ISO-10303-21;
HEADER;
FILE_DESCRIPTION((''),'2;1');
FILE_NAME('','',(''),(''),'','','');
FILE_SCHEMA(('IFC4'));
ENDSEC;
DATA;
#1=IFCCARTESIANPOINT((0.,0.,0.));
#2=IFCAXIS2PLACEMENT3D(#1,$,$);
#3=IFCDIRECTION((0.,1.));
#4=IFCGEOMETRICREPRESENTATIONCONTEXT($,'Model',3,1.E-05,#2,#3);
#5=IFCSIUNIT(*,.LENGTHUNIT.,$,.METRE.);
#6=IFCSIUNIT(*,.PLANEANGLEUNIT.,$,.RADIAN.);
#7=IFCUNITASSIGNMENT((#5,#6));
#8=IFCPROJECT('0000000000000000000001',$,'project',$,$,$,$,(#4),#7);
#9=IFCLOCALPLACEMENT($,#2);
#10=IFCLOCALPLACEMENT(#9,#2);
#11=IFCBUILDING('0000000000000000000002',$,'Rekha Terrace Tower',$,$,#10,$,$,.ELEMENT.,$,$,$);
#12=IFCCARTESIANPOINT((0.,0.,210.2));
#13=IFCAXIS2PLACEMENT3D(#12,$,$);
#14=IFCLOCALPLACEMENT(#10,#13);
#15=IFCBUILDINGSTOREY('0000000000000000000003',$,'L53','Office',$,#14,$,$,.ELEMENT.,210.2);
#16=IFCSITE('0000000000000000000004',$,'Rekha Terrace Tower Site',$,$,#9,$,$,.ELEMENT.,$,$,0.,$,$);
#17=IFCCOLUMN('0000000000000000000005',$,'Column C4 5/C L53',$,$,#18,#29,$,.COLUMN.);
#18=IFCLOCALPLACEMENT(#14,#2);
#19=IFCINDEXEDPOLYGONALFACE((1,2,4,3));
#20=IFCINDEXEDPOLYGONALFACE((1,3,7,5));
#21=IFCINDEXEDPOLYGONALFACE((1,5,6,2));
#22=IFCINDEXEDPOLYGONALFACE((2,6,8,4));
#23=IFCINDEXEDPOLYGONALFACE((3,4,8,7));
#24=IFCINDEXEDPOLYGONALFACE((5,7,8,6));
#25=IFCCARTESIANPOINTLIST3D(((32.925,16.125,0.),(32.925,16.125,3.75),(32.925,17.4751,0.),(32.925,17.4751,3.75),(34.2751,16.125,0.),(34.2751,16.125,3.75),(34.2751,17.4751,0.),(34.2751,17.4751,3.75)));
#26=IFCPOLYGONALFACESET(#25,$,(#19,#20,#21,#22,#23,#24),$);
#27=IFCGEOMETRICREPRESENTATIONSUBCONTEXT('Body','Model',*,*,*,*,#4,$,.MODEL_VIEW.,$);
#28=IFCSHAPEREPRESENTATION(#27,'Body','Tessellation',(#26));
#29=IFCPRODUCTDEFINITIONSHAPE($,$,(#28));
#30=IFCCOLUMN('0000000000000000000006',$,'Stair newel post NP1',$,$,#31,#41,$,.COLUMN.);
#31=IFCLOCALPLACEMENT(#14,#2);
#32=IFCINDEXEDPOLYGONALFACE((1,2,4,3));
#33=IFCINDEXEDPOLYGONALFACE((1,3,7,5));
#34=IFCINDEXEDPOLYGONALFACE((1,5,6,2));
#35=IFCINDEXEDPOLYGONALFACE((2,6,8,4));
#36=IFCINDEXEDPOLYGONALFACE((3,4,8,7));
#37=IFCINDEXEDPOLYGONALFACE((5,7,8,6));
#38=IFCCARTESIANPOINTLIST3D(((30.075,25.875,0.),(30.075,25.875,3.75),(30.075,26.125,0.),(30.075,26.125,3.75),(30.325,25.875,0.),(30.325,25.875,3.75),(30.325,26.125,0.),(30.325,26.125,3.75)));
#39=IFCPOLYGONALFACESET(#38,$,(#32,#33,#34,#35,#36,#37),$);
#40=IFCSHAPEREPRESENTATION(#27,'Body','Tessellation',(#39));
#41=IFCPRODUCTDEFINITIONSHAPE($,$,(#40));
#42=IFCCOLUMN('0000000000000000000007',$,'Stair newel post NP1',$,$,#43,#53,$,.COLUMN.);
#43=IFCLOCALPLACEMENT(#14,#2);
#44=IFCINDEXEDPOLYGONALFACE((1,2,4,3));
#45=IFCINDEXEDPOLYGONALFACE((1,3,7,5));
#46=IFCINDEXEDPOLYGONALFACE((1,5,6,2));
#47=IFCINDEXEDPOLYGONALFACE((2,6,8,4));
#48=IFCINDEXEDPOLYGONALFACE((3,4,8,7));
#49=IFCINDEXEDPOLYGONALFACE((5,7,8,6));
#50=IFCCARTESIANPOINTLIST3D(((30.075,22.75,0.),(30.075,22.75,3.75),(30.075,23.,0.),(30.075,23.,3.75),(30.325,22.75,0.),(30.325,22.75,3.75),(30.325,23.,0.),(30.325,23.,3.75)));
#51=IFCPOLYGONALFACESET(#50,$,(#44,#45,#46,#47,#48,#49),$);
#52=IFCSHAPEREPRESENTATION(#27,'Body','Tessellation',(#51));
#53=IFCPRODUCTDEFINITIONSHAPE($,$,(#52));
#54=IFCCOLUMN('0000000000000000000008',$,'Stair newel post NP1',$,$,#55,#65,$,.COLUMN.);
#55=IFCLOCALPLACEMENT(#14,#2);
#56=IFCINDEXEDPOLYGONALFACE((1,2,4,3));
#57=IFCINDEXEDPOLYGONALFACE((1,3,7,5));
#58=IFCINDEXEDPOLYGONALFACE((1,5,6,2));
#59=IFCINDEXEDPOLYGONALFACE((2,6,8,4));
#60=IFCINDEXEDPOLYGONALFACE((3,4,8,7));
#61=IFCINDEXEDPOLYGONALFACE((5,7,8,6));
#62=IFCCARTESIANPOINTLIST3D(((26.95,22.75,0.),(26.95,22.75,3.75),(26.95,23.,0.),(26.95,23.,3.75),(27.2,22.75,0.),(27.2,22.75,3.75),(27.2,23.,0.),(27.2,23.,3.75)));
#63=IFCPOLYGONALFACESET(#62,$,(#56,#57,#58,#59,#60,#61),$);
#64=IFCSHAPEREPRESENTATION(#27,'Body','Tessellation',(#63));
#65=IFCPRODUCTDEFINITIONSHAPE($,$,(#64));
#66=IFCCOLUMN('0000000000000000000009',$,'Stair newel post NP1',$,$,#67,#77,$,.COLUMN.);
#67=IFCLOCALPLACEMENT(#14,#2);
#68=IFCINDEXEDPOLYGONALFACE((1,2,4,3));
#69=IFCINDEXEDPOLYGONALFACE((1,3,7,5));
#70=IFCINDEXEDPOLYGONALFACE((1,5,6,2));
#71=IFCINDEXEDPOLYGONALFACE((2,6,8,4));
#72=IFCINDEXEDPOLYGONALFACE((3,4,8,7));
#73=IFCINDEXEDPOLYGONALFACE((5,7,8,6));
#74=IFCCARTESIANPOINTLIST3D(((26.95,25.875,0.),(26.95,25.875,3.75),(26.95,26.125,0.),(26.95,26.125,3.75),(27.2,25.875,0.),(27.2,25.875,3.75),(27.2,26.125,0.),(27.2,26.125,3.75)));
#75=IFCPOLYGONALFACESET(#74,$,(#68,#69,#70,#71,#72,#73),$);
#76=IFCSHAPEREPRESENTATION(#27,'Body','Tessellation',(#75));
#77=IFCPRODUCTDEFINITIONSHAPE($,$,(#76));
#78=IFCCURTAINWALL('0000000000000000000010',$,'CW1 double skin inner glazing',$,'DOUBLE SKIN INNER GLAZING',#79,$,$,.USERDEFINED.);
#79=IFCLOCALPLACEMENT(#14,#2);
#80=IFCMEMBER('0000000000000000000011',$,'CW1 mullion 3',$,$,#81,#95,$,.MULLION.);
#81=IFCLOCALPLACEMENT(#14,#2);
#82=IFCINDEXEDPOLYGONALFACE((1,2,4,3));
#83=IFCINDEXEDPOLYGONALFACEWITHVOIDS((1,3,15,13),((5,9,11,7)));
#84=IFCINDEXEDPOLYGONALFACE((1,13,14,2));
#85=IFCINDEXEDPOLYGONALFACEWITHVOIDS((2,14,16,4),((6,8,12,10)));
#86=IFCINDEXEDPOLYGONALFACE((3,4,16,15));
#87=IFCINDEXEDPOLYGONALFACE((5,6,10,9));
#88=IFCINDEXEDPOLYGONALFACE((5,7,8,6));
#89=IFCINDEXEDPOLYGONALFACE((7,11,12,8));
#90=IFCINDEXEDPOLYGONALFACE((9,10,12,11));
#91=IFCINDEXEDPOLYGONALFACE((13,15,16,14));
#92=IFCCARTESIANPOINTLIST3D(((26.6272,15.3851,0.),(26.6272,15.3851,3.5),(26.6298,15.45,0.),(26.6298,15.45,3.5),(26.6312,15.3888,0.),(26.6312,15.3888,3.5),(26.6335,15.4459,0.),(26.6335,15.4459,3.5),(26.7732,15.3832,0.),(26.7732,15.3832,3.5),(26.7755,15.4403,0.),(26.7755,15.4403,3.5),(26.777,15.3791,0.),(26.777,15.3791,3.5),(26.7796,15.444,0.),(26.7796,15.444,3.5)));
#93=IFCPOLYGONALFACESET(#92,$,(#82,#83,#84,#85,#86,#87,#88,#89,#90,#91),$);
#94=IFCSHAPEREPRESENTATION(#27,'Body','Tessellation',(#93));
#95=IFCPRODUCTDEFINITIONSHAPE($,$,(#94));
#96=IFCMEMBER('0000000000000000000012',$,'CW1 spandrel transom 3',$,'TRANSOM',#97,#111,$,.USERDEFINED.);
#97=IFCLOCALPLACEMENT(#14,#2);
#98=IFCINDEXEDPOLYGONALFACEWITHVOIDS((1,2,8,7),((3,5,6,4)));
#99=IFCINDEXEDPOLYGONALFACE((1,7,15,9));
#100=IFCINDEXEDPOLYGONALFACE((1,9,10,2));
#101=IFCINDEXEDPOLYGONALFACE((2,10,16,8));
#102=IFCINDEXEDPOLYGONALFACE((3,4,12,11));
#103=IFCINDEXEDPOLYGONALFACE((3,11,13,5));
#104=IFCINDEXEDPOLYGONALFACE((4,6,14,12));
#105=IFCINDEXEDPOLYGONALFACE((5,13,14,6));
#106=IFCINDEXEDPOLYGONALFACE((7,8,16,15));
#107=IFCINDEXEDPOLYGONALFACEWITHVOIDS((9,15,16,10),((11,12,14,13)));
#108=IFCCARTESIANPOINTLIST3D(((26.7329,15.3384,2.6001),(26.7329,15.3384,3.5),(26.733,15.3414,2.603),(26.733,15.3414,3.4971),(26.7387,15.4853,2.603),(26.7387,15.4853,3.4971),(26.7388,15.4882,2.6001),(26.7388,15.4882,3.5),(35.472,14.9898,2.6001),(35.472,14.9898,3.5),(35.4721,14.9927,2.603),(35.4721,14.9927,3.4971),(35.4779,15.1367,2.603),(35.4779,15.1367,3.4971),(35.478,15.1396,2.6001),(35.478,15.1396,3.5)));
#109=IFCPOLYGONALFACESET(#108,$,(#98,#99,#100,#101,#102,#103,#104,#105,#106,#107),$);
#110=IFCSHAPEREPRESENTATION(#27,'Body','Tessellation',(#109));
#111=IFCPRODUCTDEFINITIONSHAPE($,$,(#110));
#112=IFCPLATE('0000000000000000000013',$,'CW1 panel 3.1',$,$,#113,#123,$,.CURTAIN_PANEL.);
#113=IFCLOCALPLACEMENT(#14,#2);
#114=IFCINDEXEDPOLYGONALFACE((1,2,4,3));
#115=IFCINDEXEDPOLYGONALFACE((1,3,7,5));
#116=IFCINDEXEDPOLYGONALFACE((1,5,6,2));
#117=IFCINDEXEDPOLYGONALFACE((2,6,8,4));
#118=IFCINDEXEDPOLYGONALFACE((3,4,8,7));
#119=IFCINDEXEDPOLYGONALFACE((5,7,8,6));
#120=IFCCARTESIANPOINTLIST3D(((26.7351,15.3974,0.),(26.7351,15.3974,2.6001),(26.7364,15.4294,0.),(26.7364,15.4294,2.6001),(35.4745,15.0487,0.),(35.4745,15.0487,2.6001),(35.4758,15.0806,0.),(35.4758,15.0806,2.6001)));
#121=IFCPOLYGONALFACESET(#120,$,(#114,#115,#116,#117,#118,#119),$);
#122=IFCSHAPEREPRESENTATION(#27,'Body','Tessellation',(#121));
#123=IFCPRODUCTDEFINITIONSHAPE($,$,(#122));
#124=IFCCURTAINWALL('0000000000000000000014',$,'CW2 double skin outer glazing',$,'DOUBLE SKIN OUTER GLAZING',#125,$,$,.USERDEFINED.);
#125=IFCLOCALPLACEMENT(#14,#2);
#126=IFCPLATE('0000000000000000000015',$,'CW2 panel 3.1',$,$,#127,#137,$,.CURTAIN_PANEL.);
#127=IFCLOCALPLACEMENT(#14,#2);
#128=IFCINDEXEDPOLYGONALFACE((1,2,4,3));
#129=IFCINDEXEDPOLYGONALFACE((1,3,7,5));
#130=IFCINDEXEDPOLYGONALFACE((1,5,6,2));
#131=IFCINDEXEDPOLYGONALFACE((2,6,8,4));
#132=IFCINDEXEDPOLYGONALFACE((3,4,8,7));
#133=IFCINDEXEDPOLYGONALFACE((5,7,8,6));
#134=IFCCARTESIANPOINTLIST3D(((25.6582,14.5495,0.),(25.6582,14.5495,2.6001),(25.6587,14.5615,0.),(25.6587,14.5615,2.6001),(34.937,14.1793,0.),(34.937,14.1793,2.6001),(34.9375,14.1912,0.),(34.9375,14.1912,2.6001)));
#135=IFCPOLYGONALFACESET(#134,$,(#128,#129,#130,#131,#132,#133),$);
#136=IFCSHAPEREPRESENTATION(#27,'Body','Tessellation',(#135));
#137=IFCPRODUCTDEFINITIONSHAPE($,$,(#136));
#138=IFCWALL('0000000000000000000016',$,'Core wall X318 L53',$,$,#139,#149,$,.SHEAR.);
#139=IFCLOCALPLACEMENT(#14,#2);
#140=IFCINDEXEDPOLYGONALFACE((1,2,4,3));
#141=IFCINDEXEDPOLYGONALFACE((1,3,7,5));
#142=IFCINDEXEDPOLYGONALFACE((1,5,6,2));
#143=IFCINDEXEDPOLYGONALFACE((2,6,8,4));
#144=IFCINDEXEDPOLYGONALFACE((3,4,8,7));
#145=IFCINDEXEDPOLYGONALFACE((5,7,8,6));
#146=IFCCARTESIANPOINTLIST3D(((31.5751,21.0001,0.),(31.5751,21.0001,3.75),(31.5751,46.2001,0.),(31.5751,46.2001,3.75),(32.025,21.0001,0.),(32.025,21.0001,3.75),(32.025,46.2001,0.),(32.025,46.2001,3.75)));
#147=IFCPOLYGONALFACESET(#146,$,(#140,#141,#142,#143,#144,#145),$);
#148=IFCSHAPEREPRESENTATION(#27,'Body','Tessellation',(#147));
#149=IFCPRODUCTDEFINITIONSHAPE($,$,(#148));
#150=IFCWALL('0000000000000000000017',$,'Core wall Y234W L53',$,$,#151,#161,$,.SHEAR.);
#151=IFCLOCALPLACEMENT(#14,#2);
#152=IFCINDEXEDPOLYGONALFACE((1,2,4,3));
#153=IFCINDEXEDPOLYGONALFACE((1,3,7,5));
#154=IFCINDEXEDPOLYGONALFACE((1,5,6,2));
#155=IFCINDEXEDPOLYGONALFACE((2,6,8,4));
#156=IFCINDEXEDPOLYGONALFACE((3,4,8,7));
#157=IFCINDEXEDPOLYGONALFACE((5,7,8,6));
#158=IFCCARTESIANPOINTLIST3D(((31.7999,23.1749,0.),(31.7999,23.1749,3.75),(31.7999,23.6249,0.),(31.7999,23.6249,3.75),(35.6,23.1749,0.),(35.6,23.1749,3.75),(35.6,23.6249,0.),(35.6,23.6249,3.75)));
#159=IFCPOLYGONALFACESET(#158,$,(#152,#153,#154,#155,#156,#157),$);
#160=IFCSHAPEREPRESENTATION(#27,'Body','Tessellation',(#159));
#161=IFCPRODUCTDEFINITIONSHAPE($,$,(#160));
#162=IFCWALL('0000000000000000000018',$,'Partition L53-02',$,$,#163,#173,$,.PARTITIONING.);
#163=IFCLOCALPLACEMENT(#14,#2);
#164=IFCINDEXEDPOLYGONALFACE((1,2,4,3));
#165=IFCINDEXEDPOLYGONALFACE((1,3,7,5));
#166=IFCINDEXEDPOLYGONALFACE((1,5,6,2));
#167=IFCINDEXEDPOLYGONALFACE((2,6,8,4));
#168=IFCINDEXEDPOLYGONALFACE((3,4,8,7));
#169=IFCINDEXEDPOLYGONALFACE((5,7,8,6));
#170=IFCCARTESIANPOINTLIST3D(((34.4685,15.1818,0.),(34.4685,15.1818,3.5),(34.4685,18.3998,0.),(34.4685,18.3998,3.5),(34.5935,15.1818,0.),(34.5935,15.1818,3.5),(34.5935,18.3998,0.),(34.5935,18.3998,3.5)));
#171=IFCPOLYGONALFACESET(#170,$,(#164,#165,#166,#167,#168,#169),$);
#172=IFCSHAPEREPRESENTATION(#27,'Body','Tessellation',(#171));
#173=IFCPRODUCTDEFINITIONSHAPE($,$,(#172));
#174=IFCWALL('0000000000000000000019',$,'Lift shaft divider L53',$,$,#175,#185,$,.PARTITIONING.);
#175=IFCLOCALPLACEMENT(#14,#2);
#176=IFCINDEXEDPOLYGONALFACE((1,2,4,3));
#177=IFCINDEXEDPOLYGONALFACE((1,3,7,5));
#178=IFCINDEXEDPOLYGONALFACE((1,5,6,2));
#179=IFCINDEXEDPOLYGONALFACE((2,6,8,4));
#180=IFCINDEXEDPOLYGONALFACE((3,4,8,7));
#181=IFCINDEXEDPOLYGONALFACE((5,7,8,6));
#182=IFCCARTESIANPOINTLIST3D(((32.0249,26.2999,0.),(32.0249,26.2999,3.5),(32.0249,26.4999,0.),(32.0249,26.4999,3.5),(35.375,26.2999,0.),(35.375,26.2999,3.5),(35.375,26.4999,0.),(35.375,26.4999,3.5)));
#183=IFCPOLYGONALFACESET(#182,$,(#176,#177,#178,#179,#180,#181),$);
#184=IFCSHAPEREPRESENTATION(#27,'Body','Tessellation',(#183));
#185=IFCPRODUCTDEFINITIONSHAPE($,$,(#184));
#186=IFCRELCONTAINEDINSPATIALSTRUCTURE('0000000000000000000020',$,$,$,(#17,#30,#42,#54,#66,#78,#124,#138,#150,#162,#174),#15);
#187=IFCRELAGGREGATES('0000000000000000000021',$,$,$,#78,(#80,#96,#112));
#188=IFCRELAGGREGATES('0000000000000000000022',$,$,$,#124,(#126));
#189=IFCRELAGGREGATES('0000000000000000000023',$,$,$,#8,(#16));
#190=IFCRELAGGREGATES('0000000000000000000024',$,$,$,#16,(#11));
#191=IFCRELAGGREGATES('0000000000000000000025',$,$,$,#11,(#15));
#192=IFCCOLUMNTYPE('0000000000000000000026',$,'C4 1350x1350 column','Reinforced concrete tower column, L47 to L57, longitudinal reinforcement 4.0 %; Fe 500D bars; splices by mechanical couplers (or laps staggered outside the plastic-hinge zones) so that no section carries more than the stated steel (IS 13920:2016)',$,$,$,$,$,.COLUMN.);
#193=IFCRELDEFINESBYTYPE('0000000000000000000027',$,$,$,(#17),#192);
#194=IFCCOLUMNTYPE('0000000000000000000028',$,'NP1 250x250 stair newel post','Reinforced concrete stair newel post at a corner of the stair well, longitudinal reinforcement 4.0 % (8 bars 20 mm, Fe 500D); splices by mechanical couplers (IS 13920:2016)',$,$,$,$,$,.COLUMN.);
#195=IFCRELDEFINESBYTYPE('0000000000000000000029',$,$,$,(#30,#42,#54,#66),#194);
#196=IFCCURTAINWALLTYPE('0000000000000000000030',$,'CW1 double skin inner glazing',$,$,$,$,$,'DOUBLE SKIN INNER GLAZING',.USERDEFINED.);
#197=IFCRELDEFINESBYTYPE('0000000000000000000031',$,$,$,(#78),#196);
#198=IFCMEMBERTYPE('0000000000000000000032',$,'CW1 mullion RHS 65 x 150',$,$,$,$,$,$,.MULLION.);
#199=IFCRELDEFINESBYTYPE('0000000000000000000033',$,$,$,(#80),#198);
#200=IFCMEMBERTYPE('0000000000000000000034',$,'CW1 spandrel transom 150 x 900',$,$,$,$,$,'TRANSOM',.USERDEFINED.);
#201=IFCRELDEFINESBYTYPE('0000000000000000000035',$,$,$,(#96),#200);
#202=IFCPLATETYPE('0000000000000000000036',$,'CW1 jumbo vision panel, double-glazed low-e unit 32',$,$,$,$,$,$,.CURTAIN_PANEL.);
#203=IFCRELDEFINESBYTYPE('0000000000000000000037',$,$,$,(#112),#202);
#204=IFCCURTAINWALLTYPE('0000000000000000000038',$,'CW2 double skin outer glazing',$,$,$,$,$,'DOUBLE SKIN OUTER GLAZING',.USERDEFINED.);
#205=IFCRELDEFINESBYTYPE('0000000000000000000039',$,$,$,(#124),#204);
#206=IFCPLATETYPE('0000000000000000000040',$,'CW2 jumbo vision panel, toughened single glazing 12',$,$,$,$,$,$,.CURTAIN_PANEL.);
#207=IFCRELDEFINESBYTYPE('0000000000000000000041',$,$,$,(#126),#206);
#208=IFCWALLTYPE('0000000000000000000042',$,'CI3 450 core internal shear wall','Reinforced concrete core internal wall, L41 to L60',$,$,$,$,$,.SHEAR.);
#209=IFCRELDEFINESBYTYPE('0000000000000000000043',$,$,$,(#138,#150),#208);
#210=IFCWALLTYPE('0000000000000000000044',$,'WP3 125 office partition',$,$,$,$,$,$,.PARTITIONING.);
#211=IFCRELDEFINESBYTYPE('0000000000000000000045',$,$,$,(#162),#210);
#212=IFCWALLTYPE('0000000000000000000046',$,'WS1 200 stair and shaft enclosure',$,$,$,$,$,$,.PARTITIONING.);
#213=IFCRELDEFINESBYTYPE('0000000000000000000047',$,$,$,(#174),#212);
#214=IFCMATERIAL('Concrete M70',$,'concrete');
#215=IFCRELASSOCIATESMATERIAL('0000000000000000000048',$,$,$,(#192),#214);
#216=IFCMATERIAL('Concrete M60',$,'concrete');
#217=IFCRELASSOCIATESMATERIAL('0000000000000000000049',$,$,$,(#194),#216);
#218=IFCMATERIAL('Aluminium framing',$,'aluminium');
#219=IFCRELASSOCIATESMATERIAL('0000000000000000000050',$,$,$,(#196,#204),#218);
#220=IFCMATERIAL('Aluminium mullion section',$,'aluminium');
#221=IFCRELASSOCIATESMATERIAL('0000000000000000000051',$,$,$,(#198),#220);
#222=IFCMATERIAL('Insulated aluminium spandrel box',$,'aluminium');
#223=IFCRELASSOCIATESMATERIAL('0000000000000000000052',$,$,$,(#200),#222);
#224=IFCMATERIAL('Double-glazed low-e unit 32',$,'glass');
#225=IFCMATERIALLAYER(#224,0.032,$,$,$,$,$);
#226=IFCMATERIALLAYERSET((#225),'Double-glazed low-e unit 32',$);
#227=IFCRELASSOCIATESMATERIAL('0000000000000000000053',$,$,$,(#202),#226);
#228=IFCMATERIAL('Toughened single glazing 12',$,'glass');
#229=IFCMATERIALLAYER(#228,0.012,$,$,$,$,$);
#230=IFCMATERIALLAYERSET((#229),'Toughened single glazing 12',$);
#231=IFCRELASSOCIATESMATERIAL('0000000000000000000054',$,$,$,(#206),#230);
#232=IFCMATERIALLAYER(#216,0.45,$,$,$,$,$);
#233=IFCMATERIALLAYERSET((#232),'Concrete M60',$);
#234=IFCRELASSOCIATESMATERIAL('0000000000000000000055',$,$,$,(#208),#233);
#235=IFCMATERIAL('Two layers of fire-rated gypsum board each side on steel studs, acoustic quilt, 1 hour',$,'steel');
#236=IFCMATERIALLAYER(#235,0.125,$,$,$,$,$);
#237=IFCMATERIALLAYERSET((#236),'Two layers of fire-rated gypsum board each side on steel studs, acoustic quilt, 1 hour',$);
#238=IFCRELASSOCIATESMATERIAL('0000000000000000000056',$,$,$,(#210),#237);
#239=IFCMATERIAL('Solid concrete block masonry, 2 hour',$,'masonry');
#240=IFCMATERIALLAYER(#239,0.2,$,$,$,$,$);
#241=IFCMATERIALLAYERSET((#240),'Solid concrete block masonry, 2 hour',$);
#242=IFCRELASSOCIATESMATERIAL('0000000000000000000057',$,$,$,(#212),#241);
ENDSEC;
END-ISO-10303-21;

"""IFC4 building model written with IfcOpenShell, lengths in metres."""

from ifc_helpers import new_model, si_unit, direction, frame, frame_2d, origin, origin_2d, place, context, subcontext, project, spatial, rectangle, hollow_rectangle, extrude, material, layer, layer_set, material_profile, profile_set, type_object, element, aggregate, save


model = new_model("IFC4")

# Units and contexts
model_context = context("Model", 3, precision=1e-05, world=origin(), true_north=direction((0.0, 1.0)))
body_context = subcontext(model_context, "Body", "Model", "MODEL_VIEW")
ifc_project = project(units=[si_unit("LENGTHUNIT", "METRE"), si_unit("PLANEANGLEUNIT", "RADIAN")], contexts=[model_context])

# Site, building, storey
site_placement = place(None, origin())
site = spatial("IfcSite", under=ifc_project, at=site_placement, Name="Rekha Terrace Tower Site", CompositionType="ELEMENT", RefElevation=0.0)
building_placement = place(site_placement, origin())
building = spatial("IfcBuilding", under=site, at=building_placement, Name="Rekha Terrace Tower", CompositionType="ELEMENT")
storey_placement = place(building_placement, frame((0.0, 0.0, 210.2)))
storey = spatial("IfcBuildingStorey", under=building, at=storey_placement, Name="L53", Description="Office", CompositionType="ELEMENT", Elevation=210.2)

# Columns
ifc_material_1 = material(Name="Concrete M70", Category="concrete")
ifc_material_profile_1 = material_profile(ifc_material_1, rectangle(XDim=1.3501, YDim=1.3501, at=origin_2d()), Name="RC 1350x1350")
ifc_profile_set_1 = profile_set([ifc_material_profile_1], Name="Concrete M70")
column_type_1 = type_object("IfcColumnType", Name="C4 1350x1350 column", Description="Reinforced concrete tower column, L47 to L57, longitudinal reinforcement 4.0 %; Fe 500D bars; splices by mechanical couplers (or laps staggered outside the plastic-hinge zones) so that no section carries more than the stated steel (IS 13920:2016)", PredefinedType="COLUMN", material=ifc_profile_set_1)
column_placement = place(storey_placement, frame((33.6001, 16.8, 0.0), z_axis=(0.0, 0.0, 1.0), x_axis=(1.0, 0.0, 0.0)))
element("IfcColumn", 1, at=column_placement, inside=storey, type_object=column_type_1, Name="Column C4 5/C L53", PredefinedType="COLUMN", context=body_context, shape_type="SweptSolid", body=[
    extrude(rectangle(XDim=1.3501, YDim=1.3501, at=origin_2d()), origin(), (0.0, 0.0, 1.0), 3.75),
])
ifc_material_2 = material(Name="Concrete M60", Category="concrete")
ifc_material_profile_2 = material_profile(ifc_material_2, rectangle(XDim=0.25, YDim=0.25, at=origin_2d()), Name="RC 250x250")
ifc_profile_set_2 = profile_set([ifc_material_profile_2], Name="Concrete M60")
column_type_2 = type_object("IfcColumnType", Name="NP1 250x250 stair newel post", Description="Reinforced concrete stair newel post at a corner of the stair well, longitudinal reinforcement 4.0 % (8 bars 20 mm, Fe 500D); splices by mechanical couplers (IS 13920:2016)", PredefinedType="COLUMN", material=ifc_profile_set_2)
for number, where, z_axis, x_axis, name in (
    (2, (30.2, 26.0, 0.0), (0.0, 0.0, 1.0), (1.0, 0.0, 0.0), "Stair newel post NP1"),
    (3, (30.2, 22.875, 0.0), (0.0, 0.0, 1.0), (1.0, 0.0, 0.0), "Stair newel post NP1"),
    (4, (27.075, 22.875, 0.0), (0.0, 0.0, 1.0), (1.0, 0.0, 0.0), "Stair newel post NP1"),
    (5, (27.075, 26.0, 0.0), (0.0, 0.0, 1.0), (1.0, 0.0, 0.0), "Stair newel post NP1"),
):
    element("IfcColumn", number, at=place(storey_placement, frame(where, z_axis=z_axis, x_axis=x_axis)), inside=storey, type_object=column_type_2, Name=name, PredefinedType="COLUMN", context=body_context, shape_type="SweptSolid", body=[
        extrude(rectangle(XDim=0.25, YDim=0.25, at=origin_2d()), origin(), (0.0, 0.0, 1.0), 3.75),
    ])

# Curtain wall, members, plate
ifc_material_3 = material(Name="Aluminium framing", Category="aluminium")
curtain_wall_type_1 = type_object("IfcCurtainWallType", Name="CW1 double skin inner glazing", ElementType="DOUBLE SKIN INNER GLAZING", PredefinedType="USERDEFINED", material=ifc_material_3)
curtain_wall_1_placement = place(storey_placement, origin())
curtain_wall_1 = element("IfcCurtainWall", 6, at=curtain_wall_1_placement, inside=storey, type_object=curtain_wall_type_1, Name="CW1 double skin inner glazing", ObjectType="DOUBLE SKIN INNER GLAZING", PredefinedType="USERDEFINED")
ifc_material_4 = material(Name="Aluminium mullion section", Category="aluminium")
ifc_material_profile_3 = material_profile(ifc_material_4, hollow_rectangle(XDim=0.0649, YDim=0.1499, WallThickness=0.0039, at=origin_2d()), Name="AL RHS 65x150")
ifc_profile_set_3 = profile_set([ifc_material_profile_3], Name="Aluminium mullion section")
member_type_1 = type_object("IfcMemberType", Name="CW1 mullion RHS 65 x 150", PredefinedType="MULLION", material=ifc_profile_set_3)
member_1_placement = place(storey_placement, frame((26.7034, 15.4146, 0.0), z_axis=(0.0, 0.0, 1.0), x_axis=(0.039872, 0.999205, 0.0)))
member_1 = element("IfcMember", 7, at=member_1_placement, type_object=member_type_1, Name="CW1 mullion 3", PredefinedType="MULLION", context=body_context, shape_type="SweptSolid", body=[
    extrude(hollow_rectangle(XDim=0.0649, YDim=0.1499, WallThickness=0.0039, at=origin_2d()), origin(), (0.0, 0.0, 1.0), 3.5),
])
ifc_material_5 = material(Name="Insulated aluminium spandrel box", Category="aluminium")
ifc_material_profile_4 = material_profile(ifc_material_5, hollow_rectangle(XDim=0.1499, YDim=0.8999, WallThickness=0.0029, at=origin_2d()), Name="AL SPANDREL BOX 150x900")
ifc_profile_set_4 = profile_set([ifc_material_profile_4], Name="Insulated aluminium spandrel box")
member_type_2 = type_object("IfcMemberType", Name="CW1 spandrel transom 150 x 900", ElementType="TRANSOM", PredefinedType="USERDEFINED", material=ifc_profile_set_4)
member_2_placement = place(storey_placement, frame((26.7358, 15.4133, 3.05), z_axis=(0.999205, -0.039861, 0.0), x_axis=(0.039861, 0.999205, 0.0)))
member_2 = element("IfcMember", 8, at=member_2_placement, type_object=member_type_2, Name="CW1 spandrel transom 3", ObjectType="TRANSOM", PredefinedType="USERDEFINED", context=body_context, shape_type="SweptSolid", body=[
    extrude(hollow_rectangle(XDim=0.1499, YDim=0.8999, WallThickness=0.0029, at=origin_2d()), origin(), (0.0, 0.0, 1.0), 8.7461),
])
ifc_material_6 = material(Name="Double-glazed low-e unit 32", Category="glass")
ifc_layer_1 = layer(ifc_material_6, 0.032)
ifc_layer_set_1 = layer_set([ifc_layer_1], Name="Double-glazed low-e unit 32")
plate_type_1 = type_object("IfcPlateType", Name="CW1 jumbo vision panel, double-glazed low-e unit 32", PredefinedType="CURTAIN_PANEL", material=ifc_layer_set_1)
plate_1_placement = place(storey_placement, frame((31.1055, 15.239, 0.0), z_axis=(0.0, 0.0, 1.0), x_axis=(0.999205, -0.039872, 0.0)))
plate_1 = element("IfcPlate", 9, at=plate_1_placement, type_object=plate_type_1, Name="CW1 panel 3.1", PredefinedType="CURTAIN_PANEL", context=body_context, shape_type="SweptSolid", body=[
    extrude(rectangle(XDim=8.7463, YDim=0.032, at=origin_2d()), origin(), (0.0, 0.0, 1.0), 2.6001),
])
aggregate(curtain_wall_1, [member_1, member_2, plate_1])

# Curtain wall, plate
curtain_wall_type_2 = type_object("IfcCurtainWallType", Name="CW2 double skin outer glazing", ElementType="DOUBLE SKIN OUTER GLAZING", PredefinedType="USERDEFINED", material=ifc_material_3)
curtain_wall_2_placement = place(storey_placement, origin())
curtain_wall_2 = element("IfcCurtainWall", 10, at=curtain_wall_2_placement, inside=storey, type_object=curtain_wall_type_2, Name="CW2 double skin outer glazing", ObjectType="DOUBLE SKIN OUTER GLAZING", PredefinedType="USERDEFINED")
ifc_material_7 = material(Name="Toughened single glazing 12", Category="glass")
ifc_layer_2 = layer(ifc_material_7, 0.012)
ifc_layer_set_2 = layer_set([ifc_layer_2], Name="Toughened single glazing 12")
plate_type_2 = type_object("IfcPlateType", Name="CW2 jumbo vision panel, toughened single glazing 12", PredefinedType="CURTAIN_PANEL", material=ifc_layer_set_2)
plate_2_placement = place(storey_placement, frame((30.2979, 14.3704, 0.0), z_axis=(0.0, 0.0, 1.0), x_axis=(0.999205, -0.039872, 0.0)))
plate_2 = element("IfcPlate", 11, at=plate_2_placement, type_object=plate_type_2, Name="CW2 panel 3.1", PredefinedType="CURTAIN_PANEL", context=body_context, shape_type="SweptSolid", body=[
    extrude(rectangle(XDim=9.2861, YDim=0.012, at=origin_2d()), origin(), (0.0, 0.0, 1.0), 2.6001),
])
aggregate(curtain_wall_2, [plate_2])

# Walls
ifc_layer_3 = layer(ifc_material_2, 0.45)
ifc_layer_set_3 = layer_set([ifc_layer_3], Name="Concrete M60")
wall_type_1 = type_object("IfcWallType", Name="CI3 450 core internal shear wall", Description="Reinforced concrete core internal wall, L41 to L60", PredefinedType="SHEAR", material=ifc_layer_set_3)
wall_1_placement = place(storey_placement, frame((31.8, 21.0, 0.0), z_axis=(0.0, 0.0, 1.0), x_axis=(0.0, 1.0, 0.0)))
element("IfcWall", 12, at=wall_1_placement, inside=storey, type_object=wall_type_1, Name="Core wall X318 L53", PredefinedType="SHEAR", context=body_context, shape_type="SweptSolid", body=[
    extrude(rectangle(XDim=25.2, YDim=0.45, at=frame_2d((12.6001, 0.0))), origin(), (0.0, 0.0, 1.0), 3.75),
])
wall_2_placement = place(storey_placement, frame((31.8, 23.3999, 0.0), z_axis=(0.0, 0.0, 1.0), x_axis=(1.0, 0.0, 0.0)))
element("IfcWall", 13, at=wall_2_placement, inside=storey, type_object=wall_type_1, Name="Core wall Y234W L53", PredefinedType="SHEAR", context=body_context, shape_type="SweptSolid", body=[
    extrude(rectangle(XDim=3.8, YDim=0.45, at=frame_2d((1.8999, 0.0))), origin(), (0.0, 0.0, 1.0), 3.75),
])
ifc_material_8 = material(Name="Two layers of fire-rated gypsum board each side on steel studs, acoustic quilt, 1 hour", Category="steel")
ifc_layer_4 = layer(ifc_material_8, 0.125)
ifc_layer_set_4 = layer_set([ifc_layer_4], Name="Two layers of fire-rated gypsum board each side on steel studs, acoustic quilt, 1 hour")
wall_type_2 = type_object("IfcWallType", Name="WP3 125 office partition", PredefinedType="PARTITIONING", material=ifc_layer_set_4)
wall_3_placement = place(storey_placement, frame((34.531, 15.1819, 0.0), z_axis=(0.0, 0.0, 1.0), x_axis=(0.0, 1.0, 0.0)))
element("IfcWall", 14, at=wall_3_placement, inside=storey, type_object=wall_type_2, Name="Partition L53-02", PredefinedType="PARTITIONING", context=body_context, shape_type="SweptSolid", body=[
    extrude(rectangle(XDim=3.218, YDim=0.125, at=frame_2d((1.6089, 0.0))), origin(), (0.0, 0.0, 1.0), 3.5),
])
ifc_material_9 = material(Name="Solid concrete block masonry, 2 hour", Category="masonry")
ifc_layer_5 = layer(ifc_material_9, 0.2)
ifc_layer_set_5 = layer_set([ifc_layer_5], Name="Solid concrete block masonry, 2 hour")
wall_type_3 = type_object("IfcWallType", Name="WS1 200 stair and shaft enclosure", PredefinedType="PARTITIONING", material=ifc_layer_set_5)
wall_4_placement = place(storey_placement, frame((32.0249, 26.3999, 0.0), z_axis=(0.0, 0.0, 1.0), x_axis=(1.0, 0.0, 0.0)))
element("IfcWall", 15, at=wall_4_placement, inside=storey, type_object=wall_type_3, Name="Lift shaft divider L53", PredefinedType="PARTITIONING", context=body_context, shape_type="SweptSolid", body=[
    extrude(rectangle(XDim=3.3501, YDim=0.2, at=frame_2d((1.675, 0.0))), origin(), (0.0, 0.0, 1.0), 3.5),
])

save(model, "model.ifc")
